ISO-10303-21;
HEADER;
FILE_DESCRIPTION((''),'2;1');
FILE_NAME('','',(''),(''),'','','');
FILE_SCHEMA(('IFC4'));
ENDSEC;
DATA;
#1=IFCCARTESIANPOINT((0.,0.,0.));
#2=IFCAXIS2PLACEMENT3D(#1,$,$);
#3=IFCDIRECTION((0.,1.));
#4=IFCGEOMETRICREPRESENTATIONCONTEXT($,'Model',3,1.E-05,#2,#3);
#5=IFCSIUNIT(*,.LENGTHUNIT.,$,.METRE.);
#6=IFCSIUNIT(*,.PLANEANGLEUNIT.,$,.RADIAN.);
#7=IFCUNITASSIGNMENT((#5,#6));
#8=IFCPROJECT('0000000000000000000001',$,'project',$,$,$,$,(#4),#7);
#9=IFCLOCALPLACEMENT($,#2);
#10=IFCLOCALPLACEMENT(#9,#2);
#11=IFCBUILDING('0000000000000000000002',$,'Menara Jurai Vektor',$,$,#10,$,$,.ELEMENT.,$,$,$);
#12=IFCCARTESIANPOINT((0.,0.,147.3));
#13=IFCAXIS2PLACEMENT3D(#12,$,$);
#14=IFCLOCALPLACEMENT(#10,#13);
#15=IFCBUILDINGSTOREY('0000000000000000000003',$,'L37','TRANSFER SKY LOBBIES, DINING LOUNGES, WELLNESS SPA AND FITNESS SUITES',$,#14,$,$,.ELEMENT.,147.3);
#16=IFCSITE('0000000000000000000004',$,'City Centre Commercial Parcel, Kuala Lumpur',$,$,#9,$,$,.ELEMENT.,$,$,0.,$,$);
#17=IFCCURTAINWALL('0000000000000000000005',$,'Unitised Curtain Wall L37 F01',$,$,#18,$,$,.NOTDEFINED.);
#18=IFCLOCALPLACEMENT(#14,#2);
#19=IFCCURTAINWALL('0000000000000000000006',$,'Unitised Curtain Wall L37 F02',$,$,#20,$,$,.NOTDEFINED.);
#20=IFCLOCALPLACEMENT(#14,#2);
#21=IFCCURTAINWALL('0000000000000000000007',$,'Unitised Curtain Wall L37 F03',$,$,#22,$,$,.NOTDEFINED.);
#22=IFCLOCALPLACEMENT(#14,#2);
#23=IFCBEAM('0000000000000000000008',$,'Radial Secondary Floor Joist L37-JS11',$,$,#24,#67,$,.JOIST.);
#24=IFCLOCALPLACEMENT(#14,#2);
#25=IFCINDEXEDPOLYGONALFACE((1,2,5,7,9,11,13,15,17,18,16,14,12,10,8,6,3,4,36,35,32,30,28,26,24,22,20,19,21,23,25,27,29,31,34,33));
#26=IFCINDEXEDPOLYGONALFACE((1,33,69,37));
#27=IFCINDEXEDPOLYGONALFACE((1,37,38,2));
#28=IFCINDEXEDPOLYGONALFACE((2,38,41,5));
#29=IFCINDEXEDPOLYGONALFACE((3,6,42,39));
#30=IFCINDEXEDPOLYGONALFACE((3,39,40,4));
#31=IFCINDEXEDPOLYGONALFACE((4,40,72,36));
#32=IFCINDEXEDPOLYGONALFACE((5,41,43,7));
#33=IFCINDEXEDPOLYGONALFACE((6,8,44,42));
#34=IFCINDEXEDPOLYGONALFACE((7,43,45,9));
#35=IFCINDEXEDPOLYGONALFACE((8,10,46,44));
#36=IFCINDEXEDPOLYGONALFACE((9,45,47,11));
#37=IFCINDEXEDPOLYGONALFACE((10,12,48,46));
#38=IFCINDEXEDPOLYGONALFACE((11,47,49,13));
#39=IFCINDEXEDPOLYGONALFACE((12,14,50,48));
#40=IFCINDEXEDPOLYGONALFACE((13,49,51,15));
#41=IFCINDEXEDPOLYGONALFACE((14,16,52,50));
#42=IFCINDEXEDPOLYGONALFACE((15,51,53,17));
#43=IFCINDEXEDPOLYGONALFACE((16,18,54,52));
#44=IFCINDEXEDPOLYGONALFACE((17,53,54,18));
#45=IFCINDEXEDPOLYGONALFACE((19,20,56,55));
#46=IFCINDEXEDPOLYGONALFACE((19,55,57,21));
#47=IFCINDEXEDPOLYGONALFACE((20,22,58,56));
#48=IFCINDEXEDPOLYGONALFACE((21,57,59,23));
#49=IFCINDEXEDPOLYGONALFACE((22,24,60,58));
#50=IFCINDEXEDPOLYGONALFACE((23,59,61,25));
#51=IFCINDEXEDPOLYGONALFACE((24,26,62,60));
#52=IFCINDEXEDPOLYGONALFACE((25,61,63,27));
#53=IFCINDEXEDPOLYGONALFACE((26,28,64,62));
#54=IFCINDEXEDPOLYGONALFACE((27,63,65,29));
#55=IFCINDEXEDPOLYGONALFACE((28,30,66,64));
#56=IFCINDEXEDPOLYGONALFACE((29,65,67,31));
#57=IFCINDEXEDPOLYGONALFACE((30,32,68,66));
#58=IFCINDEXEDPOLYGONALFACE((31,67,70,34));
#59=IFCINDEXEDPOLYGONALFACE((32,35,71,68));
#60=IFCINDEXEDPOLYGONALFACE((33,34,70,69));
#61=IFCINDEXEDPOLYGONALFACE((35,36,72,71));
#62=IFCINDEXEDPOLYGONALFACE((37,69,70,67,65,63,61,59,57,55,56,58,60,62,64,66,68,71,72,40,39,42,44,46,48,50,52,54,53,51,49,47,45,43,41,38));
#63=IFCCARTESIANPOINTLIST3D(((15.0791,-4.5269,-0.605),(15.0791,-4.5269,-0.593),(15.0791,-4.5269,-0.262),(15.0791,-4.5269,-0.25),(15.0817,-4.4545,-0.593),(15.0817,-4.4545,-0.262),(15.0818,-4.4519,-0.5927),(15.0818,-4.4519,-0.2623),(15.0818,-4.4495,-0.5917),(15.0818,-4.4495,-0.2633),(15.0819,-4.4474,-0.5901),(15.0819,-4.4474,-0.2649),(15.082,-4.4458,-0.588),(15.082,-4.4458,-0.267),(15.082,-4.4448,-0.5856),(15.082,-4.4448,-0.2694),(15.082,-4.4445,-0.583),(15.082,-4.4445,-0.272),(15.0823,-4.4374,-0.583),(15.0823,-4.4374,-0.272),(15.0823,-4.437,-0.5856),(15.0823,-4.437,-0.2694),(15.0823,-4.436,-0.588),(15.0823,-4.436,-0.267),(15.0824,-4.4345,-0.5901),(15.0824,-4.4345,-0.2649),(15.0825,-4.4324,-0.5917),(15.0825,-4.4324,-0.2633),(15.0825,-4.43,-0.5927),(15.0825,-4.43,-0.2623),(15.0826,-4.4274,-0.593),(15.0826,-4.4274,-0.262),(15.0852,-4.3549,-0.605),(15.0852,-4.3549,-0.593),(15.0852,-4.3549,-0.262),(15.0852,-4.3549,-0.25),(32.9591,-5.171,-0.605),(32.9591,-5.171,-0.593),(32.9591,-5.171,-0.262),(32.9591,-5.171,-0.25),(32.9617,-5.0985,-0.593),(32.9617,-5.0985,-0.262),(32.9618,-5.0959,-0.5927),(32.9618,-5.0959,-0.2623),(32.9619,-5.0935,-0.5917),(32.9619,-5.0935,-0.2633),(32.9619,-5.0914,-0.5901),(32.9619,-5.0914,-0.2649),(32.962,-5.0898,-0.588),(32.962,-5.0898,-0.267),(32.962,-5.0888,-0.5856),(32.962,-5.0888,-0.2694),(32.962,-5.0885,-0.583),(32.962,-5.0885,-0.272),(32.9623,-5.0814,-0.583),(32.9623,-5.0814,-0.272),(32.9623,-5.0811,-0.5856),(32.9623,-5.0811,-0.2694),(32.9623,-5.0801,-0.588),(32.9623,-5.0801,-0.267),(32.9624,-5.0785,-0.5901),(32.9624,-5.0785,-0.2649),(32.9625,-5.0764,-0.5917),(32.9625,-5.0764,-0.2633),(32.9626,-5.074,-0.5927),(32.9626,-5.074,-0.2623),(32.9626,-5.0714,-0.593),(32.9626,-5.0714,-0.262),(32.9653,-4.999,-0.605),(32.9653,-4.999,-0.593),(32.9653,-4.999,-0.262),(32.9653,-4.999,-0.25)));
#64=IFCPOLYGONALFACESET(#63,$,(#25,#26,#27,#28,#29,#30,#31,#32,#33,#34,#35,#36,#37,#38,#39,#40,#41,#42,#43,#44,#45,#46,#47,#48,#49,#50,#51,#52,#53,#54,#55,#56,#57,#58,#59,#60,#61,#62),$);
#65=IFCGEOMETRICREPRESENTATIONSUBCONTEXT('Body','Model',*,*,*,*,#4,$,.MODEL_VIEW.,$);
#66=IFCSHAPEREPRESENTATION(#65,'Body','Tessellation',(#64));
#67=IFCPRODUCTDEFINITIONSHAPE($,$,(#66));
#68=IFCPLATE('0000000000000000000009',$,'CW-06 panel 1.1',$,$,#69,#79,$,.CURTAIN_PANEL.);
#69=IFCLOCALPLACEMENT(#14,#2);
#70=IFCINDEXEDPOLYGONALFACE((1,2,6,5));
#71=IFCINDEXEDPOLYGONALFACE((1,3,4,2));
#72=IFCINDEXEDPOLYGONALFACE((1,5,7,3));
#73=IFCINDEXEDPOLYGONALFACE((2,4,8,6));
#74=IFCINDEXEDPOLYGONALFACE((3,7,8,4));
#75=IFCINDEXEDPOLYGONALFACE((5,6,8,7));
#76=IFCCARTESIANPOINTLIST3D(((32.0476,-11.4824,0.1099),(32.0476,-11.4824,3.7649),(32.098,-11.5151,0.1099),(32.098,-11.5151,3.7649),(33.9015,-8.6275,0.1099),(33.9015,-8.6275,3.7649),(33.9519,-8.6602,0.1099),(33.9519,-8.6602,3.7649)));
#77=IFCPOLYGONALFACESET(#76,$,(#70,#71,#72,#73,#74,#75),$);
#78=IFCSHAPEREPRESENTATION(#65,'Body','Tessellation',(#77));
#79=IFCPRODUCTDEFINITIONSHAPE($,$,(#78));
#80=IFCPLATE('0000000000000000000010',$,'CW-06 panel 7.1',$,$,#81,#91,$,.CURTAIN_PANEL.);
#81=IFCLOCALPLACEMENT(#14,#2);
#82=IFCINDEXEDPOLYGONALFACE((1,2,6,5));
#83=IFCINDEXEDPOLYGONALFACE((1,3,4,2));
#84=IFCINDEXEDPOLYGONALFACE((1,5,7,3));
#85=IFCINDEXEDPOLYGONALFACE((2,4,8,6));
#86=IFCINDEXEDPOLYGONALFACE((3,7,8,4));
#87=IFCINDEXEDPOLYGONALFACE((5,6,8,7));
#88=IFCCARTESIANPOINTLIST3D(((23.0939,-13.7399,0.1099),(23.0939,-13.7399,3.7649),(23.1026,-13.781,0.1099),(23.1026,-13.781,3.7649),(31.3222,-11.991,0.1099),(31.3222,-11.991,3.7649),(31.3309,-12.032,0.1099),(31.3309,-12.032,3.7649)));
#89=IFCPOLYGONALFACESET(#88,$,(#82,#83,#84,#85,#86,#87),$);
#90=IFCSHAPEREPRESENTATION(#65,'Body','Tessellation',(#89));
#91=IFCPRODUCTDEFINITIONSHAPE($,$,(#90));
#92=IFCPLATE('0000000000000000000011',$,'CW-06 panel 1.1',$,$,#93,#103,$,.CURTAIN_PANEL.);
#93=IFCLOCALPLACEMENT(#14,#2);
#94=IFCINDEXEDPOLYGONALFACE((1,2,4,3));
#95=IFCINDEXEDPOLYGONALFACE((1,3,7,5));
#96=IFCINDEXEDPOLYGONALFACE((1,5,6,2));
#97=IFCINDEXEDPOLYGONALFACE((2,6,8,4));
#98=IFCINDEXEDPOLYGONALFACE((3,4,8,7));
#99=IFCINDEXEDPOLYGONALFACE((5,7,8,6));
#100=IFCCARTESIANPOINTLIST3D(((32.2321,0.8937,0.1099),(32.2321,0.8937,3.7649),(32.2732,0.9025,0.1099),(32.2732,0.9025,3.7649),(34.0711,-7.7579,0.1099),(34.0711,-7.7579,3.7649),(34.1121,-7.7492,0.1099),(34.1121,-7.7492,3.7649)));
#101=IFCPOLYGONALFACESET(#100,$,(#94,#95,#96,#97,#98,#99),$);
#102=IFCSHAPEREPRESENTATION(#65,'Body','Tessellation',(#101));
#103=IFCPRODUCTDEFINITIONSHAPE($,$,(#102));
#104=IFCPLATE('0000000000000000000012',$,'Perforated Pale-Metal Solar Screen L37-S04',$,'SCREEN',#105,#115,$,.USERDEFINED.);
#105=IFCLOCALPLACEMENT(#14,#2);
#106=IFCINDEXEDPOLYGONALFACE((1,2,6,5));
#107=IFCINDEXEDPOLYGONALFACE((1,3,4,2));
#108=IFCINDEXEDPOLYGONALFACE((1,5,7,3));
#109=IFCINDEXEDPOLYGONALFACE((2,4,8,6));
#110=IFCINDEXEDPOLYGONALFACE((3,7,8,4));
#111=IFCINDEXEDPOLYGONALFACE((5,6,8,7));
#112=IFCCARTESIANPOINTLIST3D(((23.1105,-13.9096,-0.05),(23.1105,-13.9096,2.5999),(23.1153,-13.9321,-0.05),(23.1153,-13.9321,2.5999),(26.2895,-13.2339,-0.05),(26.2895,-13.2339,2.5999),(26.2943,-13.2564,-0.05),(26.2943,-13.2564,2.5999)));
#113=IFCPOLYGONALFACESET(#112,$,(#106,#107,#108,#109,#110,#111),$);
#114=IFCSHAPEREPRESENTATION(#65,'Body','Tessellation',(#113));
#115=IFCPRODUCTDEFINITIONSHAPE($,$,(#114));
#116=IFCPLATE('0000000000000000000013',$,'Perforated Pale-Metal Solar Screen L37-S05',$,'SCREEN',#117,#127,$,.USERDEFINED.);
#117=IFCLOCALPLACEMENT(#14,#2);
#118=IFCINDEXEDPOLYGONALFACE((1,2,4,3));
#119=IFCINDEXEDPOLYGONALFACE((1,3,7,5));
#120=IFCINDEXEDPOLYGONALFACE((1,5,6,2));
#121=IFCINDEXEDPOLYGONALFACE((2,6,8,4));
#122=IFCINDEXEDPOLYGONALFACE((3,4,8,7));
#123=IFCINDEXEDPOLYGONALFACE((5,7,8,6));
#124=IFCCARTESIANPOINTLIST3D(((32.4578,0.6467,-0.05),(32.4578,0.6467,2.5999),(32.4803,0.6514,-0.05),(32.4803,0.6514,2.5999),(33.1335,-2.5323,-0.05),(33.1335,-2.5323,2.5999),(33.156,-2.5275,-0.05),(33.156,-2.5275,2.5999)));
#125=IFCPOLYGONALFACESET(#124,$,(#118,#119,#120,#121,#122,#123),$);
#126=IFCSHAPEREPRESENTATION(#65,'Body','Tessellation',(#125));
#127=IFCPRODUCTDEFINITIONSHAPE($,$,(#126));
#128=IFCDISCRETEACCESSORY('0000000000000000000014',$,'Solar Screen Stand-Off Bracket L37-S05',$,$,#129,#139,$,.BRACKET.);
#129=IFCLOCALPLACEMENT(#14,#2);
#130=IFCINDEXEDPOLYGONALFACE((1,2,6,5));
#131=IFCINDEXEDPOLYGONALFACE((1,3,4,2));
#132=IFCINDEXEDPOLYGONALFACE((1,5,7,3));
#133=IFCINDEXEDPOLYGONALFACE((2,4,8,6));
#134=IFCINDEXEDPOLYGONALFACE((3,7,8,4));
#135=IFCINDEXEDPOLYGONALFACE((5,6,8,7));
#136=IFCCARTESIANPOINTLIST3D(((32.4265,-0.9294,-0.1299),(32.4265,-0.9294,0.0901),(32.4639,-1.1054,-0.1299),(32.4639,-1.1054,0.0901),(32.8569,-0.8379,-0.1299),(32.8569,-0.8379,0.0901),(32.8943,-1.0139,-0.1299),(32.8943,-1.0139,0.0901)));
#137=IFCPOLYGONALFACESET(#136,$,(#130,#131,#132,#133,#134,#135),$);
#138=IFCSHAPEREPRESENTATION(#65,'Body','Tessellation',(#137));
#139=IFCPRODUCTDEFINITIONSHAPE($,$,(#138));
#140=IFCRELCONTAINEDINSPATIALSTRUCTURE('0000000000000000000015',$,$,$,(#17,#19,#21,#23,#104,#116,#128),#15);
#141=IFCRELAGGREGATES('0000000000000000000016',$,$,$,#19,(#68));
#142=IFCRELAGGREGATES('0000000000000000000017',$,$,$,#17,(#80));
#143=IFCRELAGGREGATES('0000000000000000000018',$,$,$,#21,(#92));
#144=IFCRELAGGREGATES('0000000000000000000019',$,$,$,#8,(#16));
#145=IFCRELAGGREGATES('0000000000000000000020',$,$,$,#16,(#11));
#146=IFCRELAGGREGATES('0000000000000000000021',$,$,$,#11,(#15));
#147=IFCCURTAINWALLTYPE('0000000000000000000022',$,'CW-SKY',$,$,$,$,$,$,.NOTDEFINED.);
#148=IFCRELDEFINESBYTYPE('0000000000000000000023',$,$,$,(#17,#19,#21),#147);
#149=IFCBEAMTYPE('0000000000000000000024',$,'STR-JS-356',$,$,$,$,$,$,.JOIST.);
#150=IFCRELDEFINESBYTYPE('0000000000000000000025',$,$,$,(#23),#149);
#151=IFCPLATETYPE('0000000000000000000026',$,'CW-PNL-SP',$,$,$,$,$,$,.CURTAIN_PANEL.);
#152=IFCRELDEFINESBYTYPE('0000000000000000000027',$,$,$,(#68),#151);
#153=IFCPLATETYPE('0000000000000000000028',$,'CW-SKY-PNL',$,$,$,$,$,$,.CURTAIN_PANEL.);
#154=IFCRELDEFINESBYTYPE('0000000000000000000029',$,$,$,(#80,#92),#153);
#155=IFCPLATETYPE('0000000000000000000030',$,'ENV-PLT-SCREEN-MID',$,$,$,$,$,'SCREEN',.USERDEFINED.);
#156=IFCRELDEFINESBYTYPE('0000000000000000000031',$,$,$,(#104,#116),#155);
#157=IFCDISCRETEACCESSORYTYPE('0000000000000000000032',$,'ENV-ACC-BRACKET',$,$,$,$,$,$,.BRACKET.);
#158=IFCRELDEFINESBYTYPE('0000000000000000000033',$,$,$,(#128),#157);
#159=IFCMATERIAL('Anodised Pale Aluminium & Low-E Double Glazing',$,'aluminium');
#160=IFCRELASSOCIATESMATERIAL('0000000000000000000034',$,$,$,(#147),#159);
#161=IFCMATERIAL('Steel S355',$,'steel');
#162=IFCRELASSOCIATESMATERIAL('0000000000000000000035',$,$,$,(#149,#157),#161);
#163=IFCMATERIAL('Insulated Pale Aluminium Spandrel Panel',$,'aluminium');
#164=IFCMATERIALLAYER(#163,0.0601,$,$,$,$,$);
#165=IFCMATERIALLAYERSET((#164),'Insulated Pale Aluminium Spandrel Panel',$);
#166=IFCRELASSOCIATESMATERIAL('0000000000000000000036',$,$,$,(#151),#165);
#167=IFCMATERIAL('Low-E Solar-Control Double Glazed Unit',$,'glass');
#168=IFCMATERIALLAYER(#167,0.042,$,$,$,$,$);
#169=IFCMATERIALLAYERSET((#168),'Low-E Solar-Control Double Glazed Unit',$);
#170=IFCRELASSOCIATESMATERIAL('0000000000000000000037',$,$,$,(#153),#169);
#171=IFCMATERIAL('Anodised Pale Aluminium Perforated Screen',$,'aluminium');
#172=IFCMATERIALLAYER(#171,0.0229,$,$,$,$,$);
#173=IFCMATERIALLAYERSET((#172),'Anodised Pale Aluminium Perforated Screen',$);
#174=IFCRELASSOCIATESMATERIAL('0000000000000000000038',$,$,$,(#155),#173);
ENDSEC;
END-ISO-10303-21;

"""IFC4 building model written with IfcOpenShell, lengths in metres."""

from ifc_helpers import new_model, si_unit, direction, frame, origin, origin_2d, place, context, subcontext, project, spatial, rectangle, i_section, extrude, material, layer, layer_set, material_profile, profile_set, type_object, element, aggregate, save


model = new_model("IFC4")

# Units and contexts
model_context = context("Model", 3, precision=1e-05, world=origin(), true_north=direction((0.0, 1.0)))
body_context = subcontext(model_context, "Body", "Model", "MODEL_VIEW")
ifc_project = project(units=[si_unit("LENGTHUNIT", "METRE"), si_unit("PLANEANGLEUNIT", "RADIAN")], contexts=[model_context])

# Site, building, storey
site_placement = place(None, origin())
site = spatial("IfcSite", under=ifc_project, at=site_placement, Name="City Centre Commercial Parcel, Kuala Lumpur", CompositionType="ELEMENT", RefElevation=0.0)
building_placement = place(site_placement, origin())
building = spatial("IfcBuilding", under=site, at=building_placement, Name="Menara Jurai Vektor", CompositionType="ELEMENT")
storey_placement = place(building_placement, frame((0.0, 0.0, 147.3)))
storey = spatial("IfcBuildingStorey", under=building, at=storey_placement, Name="L37", Description="TRANSFER SKY LOBBIES, DINING LOUNGES, WELLNESS SPA AND FITNESS SUITES", CompositionType="ELEMENT", Elevation=147.3)

# Curtain wall
ifc_material_1 = material(Name="Anodised Pale Aluminium & Low-E Double Glazing", Category="aluminium")
curtain_wall_type = type_object("IfcCurtainWallType", Name="CW-SKY", PredefinedType="NOTDEFINED", material=ifc_material_1)
curtain_wall_1_placement = place(storey_placement, origin())
curtain_wall_1 = element("IfcCurtainWall", 1, at=curtain_wall_1_placement, inside=storey, type_object=curtain_wall_type, Name="Unitised Curtain Wall L37 F01", PredefinedType="NOTDEFINED")

# Curtain wall
curtain_wall_2_placement = place(storey_placement, origin())
curtain_wall_2 = element("IfcCurtainWall", 2, at=curtain_wall_2_placement, inside=storey, type_object=curtain_wall_type, Name="Unitised Curtain Wall L37 F02", PredefinedType="NOTDEFINED")

# Curtain wall
curtain_wall_3_placement = place(storey_placement, origin())
curtain_wall_3 = element("IfcCurtainWall", 3, at=curtain_wall_3_placement, inside=storey, type_object=curtain_wall_type, Name="Unitised Curtain Wall L37 F03", PredefinedType="NOTDEFINED")

# Shared definitions
ifc_material_2 = material(Name="Steel S355", Category="steel")

# Beam
ifc_material_profile_1 = material_profile(ifc_material_2, i_section(OverallWidth=0.1721, OverallDepth=0.355, WebThickness=0.0071, FlangeThickness=0.012, FilletRadius=0.01, at=origin_2d()), Name="UKB 356x171x51")
ifc_profile_set_1 = profile_set([ifc_material_profile_1], Name="Steel S355")
beam_type_1 = type_object("IfcBeamType", Name="STR-JS-356", PredefinedType="JOIST", material=ifc_profile_set_1)
beam_1_placement = place(storey_placement, frame((32.9622, -5.085, -0.4275), z_axis=(-0.999352, 0.035997, 0.0), x_axis=(-0.035997, -0.999352, 0.0)))
element("IfcBeam", 4, at=beam_1_placement, inside=storey, type_object=beam_type_1, Name="Radial Secondary Floor Joist L37-JS11", PredefinedType="JOIST", context=body_context, shape_type="SweptSolid", body=[
    extrude(i_section(OverallWidth=0.1721, OverallDepth=0.355, WebThickness=0.0071, FlangeThickness=0.012, FilletRadius=0.01, at=origin_2d()), origin(), (0.0, 0.0, 1.0), 17.8916),
])

# Plates
ifc_material_3 = material(Name="Insulated Pale Aluminium Spandrel Panel", Category="aluminium")
ifc_layer_1 = layer(ifc_material_3, 0.0601)
ifc_layer_set_1 = layer_set([ifc_layer_1], Name="Insulated Pale Aluminium Spandrel Panel")
plate_type_1 = type_object("IfcPlateType", Name="CW-PNL-SP", PredefinedType="CURTAIN_PANEL", material=ifc_layer_set_1)
plate_1_placement = place(storey_placement, frame((32.9998, -10.0713, 0.1099), z_axis=(0.0, 0.0, 1.0), x_axis=(0.544618, 0.838684, 0.0)))
plate_1 = element("IfcPlate", 5, at=plate_1_placement, type_object=plate_type_1, Name="CW-06 panel 1.1", PredefinedType="CURTAIN_PANEL", context=body_context, shape_type="SweptSolid", body=[
    extrude(rectangle(XDim=3.4041, YDim=0.0601, at=origin_2d()), origin(), (0.0, 0.0, 1.0), 3.655),
])
aggregate(curtain_wall_2, [plate_1])
ifc_material_4 = material(Name="Low-E Solar-Control Double Glazed Unit", Category="glass")
ifc_layer_2 = layer(ifc_material_4, 0.042)
ifc_layer_set_2 = layer_set([ifc_layer_2], Name="Low-E Solar-Control Double Glazed Unit")
plate_type_2 = type_object("IfcPlateType", Name="CW-SKY-PNL", PredefinedType="CURTAIN_PANEL", material=ifc_layer_set_2)
plate_2_placement = place(storey_placement, frame((27.2124, -12.886, 0.1099), z_axis=(0.0, 0.0, 1.0), x_axis=(0.978148, 0.207911, 0.0)))
plate_2 = element("IfcPlate", 6, at=plate_2_placement, type_object=plate_type_2, Name="CW-06 panel 7.1", PredefinedType="CURTAIN_PANEL", context=body_context, shape_type="SweptSolid", body=[
    extrude(rectangle(XDim=8.4121, YDim=0.042, at=origin_2d()), origin(), (0.0, 0.0, 1.0), 3.655),
])
aggregate(curtain_wall_1, [plate_2])
plate_3_placement = place(storey_placement, frame((33.1721, -3.4277, 0.1099), z_axis=(0.0, 0.0, 1.0), x_axis=(-0.20791, 0.978148, 0.0)))
plate_3 = element("IfcPlate", 7, at=plate_3_placement, type_object=plate_type_2, Name="CW-06 panel 1.1", PredefinedType="CURTAIN_PANEL", context=body_context, shape_type="SweptSolid", body=[
    extrude(rectangle(XDim=8.845, YDim=0.042, at=origin_2d()), origin(), (0.0, 0.0, 1.0), 3.655),
])
aggregate(curtain_wall_3, [plate_3])

# Plates
ifc_material_5 = material(Name="Anodised Pale Aluminium Perforated Screen", Category="aluminium")
ifc_layer_3 = layer(ifc_material_5, 0.0229)
ifc_layer_set_3 = layer_set([ifc_layer_3], Name="Anodised Pale Aluminium Perforated Screen")
plate_type_3 = type_object("IfcPlateType", Name="ENV-PLT-SCREEN-MID", ElementType="SCREEN", PredefinedType="USERDEFINED", material=ifc_layer_set_3)
for number, where, z_axis, x_axis, name in (
    (8, (24.7024, -13.583, -0.05), (0.0, 0.0, 1.0), (0.978148, 0.207912, 0.0), "Perforated Pale-Metal Solar Screen L37-S04"),
    (9, (32.8069, -0.9404, -0.05), (0.0, 0.0, 1.0), (-0.207912, 0.978148, 0.0), "Perforated Pale-Metal Solar Screen L37-S05"),
):
    element("IfcPlate", number, at=place(storey_placement, frame(where, z_axis=z_axis, x_axis=x_axis)), inside=storey, type_object=plate_type_3, Name=name, ObjectType="SCREEN", PredefinedType="USERDEFINED", context=body_context, shape_type="SweptSolid", body=[
        extrude(rectangle(XDim=3.25, YDim=0.0229, at=origin_2d()), origin(), (0.0, 0.0, 1.0), 2.6499),
    ])

# Discrete accessory
discrete_accessory_type = type_object("IfcDiscreteAccessoryType", Name="ENV-ACC-BRACKET", PredefinedType="BRACKET", material=ifc_material_2)
discrete_accessory_placement = place(storey_placement, frame((32.6604, -0.9717, -0.1299), z_axis=(0.0, 0.0, 1.0), x_axis=(-0.207912, 0.978148, 0.0)))
element("IfcDiscreteAccessory", 10, at=discrete_accessory_placement, inside=storey, type_object=discrete_accessory_type, Name="Solar Screen Stand-Off Bracket L37-S05", PredefinedType="BRACKET", context=body_context, shape_type="SweptSolid", body=[
    extrude(rectangle(XDim=0.1799, YDim=0.4399, at=origin_2d()), origin(), (0.0, 0.0, 1.0), 0.22),
])

save(model, "model.ifc")
